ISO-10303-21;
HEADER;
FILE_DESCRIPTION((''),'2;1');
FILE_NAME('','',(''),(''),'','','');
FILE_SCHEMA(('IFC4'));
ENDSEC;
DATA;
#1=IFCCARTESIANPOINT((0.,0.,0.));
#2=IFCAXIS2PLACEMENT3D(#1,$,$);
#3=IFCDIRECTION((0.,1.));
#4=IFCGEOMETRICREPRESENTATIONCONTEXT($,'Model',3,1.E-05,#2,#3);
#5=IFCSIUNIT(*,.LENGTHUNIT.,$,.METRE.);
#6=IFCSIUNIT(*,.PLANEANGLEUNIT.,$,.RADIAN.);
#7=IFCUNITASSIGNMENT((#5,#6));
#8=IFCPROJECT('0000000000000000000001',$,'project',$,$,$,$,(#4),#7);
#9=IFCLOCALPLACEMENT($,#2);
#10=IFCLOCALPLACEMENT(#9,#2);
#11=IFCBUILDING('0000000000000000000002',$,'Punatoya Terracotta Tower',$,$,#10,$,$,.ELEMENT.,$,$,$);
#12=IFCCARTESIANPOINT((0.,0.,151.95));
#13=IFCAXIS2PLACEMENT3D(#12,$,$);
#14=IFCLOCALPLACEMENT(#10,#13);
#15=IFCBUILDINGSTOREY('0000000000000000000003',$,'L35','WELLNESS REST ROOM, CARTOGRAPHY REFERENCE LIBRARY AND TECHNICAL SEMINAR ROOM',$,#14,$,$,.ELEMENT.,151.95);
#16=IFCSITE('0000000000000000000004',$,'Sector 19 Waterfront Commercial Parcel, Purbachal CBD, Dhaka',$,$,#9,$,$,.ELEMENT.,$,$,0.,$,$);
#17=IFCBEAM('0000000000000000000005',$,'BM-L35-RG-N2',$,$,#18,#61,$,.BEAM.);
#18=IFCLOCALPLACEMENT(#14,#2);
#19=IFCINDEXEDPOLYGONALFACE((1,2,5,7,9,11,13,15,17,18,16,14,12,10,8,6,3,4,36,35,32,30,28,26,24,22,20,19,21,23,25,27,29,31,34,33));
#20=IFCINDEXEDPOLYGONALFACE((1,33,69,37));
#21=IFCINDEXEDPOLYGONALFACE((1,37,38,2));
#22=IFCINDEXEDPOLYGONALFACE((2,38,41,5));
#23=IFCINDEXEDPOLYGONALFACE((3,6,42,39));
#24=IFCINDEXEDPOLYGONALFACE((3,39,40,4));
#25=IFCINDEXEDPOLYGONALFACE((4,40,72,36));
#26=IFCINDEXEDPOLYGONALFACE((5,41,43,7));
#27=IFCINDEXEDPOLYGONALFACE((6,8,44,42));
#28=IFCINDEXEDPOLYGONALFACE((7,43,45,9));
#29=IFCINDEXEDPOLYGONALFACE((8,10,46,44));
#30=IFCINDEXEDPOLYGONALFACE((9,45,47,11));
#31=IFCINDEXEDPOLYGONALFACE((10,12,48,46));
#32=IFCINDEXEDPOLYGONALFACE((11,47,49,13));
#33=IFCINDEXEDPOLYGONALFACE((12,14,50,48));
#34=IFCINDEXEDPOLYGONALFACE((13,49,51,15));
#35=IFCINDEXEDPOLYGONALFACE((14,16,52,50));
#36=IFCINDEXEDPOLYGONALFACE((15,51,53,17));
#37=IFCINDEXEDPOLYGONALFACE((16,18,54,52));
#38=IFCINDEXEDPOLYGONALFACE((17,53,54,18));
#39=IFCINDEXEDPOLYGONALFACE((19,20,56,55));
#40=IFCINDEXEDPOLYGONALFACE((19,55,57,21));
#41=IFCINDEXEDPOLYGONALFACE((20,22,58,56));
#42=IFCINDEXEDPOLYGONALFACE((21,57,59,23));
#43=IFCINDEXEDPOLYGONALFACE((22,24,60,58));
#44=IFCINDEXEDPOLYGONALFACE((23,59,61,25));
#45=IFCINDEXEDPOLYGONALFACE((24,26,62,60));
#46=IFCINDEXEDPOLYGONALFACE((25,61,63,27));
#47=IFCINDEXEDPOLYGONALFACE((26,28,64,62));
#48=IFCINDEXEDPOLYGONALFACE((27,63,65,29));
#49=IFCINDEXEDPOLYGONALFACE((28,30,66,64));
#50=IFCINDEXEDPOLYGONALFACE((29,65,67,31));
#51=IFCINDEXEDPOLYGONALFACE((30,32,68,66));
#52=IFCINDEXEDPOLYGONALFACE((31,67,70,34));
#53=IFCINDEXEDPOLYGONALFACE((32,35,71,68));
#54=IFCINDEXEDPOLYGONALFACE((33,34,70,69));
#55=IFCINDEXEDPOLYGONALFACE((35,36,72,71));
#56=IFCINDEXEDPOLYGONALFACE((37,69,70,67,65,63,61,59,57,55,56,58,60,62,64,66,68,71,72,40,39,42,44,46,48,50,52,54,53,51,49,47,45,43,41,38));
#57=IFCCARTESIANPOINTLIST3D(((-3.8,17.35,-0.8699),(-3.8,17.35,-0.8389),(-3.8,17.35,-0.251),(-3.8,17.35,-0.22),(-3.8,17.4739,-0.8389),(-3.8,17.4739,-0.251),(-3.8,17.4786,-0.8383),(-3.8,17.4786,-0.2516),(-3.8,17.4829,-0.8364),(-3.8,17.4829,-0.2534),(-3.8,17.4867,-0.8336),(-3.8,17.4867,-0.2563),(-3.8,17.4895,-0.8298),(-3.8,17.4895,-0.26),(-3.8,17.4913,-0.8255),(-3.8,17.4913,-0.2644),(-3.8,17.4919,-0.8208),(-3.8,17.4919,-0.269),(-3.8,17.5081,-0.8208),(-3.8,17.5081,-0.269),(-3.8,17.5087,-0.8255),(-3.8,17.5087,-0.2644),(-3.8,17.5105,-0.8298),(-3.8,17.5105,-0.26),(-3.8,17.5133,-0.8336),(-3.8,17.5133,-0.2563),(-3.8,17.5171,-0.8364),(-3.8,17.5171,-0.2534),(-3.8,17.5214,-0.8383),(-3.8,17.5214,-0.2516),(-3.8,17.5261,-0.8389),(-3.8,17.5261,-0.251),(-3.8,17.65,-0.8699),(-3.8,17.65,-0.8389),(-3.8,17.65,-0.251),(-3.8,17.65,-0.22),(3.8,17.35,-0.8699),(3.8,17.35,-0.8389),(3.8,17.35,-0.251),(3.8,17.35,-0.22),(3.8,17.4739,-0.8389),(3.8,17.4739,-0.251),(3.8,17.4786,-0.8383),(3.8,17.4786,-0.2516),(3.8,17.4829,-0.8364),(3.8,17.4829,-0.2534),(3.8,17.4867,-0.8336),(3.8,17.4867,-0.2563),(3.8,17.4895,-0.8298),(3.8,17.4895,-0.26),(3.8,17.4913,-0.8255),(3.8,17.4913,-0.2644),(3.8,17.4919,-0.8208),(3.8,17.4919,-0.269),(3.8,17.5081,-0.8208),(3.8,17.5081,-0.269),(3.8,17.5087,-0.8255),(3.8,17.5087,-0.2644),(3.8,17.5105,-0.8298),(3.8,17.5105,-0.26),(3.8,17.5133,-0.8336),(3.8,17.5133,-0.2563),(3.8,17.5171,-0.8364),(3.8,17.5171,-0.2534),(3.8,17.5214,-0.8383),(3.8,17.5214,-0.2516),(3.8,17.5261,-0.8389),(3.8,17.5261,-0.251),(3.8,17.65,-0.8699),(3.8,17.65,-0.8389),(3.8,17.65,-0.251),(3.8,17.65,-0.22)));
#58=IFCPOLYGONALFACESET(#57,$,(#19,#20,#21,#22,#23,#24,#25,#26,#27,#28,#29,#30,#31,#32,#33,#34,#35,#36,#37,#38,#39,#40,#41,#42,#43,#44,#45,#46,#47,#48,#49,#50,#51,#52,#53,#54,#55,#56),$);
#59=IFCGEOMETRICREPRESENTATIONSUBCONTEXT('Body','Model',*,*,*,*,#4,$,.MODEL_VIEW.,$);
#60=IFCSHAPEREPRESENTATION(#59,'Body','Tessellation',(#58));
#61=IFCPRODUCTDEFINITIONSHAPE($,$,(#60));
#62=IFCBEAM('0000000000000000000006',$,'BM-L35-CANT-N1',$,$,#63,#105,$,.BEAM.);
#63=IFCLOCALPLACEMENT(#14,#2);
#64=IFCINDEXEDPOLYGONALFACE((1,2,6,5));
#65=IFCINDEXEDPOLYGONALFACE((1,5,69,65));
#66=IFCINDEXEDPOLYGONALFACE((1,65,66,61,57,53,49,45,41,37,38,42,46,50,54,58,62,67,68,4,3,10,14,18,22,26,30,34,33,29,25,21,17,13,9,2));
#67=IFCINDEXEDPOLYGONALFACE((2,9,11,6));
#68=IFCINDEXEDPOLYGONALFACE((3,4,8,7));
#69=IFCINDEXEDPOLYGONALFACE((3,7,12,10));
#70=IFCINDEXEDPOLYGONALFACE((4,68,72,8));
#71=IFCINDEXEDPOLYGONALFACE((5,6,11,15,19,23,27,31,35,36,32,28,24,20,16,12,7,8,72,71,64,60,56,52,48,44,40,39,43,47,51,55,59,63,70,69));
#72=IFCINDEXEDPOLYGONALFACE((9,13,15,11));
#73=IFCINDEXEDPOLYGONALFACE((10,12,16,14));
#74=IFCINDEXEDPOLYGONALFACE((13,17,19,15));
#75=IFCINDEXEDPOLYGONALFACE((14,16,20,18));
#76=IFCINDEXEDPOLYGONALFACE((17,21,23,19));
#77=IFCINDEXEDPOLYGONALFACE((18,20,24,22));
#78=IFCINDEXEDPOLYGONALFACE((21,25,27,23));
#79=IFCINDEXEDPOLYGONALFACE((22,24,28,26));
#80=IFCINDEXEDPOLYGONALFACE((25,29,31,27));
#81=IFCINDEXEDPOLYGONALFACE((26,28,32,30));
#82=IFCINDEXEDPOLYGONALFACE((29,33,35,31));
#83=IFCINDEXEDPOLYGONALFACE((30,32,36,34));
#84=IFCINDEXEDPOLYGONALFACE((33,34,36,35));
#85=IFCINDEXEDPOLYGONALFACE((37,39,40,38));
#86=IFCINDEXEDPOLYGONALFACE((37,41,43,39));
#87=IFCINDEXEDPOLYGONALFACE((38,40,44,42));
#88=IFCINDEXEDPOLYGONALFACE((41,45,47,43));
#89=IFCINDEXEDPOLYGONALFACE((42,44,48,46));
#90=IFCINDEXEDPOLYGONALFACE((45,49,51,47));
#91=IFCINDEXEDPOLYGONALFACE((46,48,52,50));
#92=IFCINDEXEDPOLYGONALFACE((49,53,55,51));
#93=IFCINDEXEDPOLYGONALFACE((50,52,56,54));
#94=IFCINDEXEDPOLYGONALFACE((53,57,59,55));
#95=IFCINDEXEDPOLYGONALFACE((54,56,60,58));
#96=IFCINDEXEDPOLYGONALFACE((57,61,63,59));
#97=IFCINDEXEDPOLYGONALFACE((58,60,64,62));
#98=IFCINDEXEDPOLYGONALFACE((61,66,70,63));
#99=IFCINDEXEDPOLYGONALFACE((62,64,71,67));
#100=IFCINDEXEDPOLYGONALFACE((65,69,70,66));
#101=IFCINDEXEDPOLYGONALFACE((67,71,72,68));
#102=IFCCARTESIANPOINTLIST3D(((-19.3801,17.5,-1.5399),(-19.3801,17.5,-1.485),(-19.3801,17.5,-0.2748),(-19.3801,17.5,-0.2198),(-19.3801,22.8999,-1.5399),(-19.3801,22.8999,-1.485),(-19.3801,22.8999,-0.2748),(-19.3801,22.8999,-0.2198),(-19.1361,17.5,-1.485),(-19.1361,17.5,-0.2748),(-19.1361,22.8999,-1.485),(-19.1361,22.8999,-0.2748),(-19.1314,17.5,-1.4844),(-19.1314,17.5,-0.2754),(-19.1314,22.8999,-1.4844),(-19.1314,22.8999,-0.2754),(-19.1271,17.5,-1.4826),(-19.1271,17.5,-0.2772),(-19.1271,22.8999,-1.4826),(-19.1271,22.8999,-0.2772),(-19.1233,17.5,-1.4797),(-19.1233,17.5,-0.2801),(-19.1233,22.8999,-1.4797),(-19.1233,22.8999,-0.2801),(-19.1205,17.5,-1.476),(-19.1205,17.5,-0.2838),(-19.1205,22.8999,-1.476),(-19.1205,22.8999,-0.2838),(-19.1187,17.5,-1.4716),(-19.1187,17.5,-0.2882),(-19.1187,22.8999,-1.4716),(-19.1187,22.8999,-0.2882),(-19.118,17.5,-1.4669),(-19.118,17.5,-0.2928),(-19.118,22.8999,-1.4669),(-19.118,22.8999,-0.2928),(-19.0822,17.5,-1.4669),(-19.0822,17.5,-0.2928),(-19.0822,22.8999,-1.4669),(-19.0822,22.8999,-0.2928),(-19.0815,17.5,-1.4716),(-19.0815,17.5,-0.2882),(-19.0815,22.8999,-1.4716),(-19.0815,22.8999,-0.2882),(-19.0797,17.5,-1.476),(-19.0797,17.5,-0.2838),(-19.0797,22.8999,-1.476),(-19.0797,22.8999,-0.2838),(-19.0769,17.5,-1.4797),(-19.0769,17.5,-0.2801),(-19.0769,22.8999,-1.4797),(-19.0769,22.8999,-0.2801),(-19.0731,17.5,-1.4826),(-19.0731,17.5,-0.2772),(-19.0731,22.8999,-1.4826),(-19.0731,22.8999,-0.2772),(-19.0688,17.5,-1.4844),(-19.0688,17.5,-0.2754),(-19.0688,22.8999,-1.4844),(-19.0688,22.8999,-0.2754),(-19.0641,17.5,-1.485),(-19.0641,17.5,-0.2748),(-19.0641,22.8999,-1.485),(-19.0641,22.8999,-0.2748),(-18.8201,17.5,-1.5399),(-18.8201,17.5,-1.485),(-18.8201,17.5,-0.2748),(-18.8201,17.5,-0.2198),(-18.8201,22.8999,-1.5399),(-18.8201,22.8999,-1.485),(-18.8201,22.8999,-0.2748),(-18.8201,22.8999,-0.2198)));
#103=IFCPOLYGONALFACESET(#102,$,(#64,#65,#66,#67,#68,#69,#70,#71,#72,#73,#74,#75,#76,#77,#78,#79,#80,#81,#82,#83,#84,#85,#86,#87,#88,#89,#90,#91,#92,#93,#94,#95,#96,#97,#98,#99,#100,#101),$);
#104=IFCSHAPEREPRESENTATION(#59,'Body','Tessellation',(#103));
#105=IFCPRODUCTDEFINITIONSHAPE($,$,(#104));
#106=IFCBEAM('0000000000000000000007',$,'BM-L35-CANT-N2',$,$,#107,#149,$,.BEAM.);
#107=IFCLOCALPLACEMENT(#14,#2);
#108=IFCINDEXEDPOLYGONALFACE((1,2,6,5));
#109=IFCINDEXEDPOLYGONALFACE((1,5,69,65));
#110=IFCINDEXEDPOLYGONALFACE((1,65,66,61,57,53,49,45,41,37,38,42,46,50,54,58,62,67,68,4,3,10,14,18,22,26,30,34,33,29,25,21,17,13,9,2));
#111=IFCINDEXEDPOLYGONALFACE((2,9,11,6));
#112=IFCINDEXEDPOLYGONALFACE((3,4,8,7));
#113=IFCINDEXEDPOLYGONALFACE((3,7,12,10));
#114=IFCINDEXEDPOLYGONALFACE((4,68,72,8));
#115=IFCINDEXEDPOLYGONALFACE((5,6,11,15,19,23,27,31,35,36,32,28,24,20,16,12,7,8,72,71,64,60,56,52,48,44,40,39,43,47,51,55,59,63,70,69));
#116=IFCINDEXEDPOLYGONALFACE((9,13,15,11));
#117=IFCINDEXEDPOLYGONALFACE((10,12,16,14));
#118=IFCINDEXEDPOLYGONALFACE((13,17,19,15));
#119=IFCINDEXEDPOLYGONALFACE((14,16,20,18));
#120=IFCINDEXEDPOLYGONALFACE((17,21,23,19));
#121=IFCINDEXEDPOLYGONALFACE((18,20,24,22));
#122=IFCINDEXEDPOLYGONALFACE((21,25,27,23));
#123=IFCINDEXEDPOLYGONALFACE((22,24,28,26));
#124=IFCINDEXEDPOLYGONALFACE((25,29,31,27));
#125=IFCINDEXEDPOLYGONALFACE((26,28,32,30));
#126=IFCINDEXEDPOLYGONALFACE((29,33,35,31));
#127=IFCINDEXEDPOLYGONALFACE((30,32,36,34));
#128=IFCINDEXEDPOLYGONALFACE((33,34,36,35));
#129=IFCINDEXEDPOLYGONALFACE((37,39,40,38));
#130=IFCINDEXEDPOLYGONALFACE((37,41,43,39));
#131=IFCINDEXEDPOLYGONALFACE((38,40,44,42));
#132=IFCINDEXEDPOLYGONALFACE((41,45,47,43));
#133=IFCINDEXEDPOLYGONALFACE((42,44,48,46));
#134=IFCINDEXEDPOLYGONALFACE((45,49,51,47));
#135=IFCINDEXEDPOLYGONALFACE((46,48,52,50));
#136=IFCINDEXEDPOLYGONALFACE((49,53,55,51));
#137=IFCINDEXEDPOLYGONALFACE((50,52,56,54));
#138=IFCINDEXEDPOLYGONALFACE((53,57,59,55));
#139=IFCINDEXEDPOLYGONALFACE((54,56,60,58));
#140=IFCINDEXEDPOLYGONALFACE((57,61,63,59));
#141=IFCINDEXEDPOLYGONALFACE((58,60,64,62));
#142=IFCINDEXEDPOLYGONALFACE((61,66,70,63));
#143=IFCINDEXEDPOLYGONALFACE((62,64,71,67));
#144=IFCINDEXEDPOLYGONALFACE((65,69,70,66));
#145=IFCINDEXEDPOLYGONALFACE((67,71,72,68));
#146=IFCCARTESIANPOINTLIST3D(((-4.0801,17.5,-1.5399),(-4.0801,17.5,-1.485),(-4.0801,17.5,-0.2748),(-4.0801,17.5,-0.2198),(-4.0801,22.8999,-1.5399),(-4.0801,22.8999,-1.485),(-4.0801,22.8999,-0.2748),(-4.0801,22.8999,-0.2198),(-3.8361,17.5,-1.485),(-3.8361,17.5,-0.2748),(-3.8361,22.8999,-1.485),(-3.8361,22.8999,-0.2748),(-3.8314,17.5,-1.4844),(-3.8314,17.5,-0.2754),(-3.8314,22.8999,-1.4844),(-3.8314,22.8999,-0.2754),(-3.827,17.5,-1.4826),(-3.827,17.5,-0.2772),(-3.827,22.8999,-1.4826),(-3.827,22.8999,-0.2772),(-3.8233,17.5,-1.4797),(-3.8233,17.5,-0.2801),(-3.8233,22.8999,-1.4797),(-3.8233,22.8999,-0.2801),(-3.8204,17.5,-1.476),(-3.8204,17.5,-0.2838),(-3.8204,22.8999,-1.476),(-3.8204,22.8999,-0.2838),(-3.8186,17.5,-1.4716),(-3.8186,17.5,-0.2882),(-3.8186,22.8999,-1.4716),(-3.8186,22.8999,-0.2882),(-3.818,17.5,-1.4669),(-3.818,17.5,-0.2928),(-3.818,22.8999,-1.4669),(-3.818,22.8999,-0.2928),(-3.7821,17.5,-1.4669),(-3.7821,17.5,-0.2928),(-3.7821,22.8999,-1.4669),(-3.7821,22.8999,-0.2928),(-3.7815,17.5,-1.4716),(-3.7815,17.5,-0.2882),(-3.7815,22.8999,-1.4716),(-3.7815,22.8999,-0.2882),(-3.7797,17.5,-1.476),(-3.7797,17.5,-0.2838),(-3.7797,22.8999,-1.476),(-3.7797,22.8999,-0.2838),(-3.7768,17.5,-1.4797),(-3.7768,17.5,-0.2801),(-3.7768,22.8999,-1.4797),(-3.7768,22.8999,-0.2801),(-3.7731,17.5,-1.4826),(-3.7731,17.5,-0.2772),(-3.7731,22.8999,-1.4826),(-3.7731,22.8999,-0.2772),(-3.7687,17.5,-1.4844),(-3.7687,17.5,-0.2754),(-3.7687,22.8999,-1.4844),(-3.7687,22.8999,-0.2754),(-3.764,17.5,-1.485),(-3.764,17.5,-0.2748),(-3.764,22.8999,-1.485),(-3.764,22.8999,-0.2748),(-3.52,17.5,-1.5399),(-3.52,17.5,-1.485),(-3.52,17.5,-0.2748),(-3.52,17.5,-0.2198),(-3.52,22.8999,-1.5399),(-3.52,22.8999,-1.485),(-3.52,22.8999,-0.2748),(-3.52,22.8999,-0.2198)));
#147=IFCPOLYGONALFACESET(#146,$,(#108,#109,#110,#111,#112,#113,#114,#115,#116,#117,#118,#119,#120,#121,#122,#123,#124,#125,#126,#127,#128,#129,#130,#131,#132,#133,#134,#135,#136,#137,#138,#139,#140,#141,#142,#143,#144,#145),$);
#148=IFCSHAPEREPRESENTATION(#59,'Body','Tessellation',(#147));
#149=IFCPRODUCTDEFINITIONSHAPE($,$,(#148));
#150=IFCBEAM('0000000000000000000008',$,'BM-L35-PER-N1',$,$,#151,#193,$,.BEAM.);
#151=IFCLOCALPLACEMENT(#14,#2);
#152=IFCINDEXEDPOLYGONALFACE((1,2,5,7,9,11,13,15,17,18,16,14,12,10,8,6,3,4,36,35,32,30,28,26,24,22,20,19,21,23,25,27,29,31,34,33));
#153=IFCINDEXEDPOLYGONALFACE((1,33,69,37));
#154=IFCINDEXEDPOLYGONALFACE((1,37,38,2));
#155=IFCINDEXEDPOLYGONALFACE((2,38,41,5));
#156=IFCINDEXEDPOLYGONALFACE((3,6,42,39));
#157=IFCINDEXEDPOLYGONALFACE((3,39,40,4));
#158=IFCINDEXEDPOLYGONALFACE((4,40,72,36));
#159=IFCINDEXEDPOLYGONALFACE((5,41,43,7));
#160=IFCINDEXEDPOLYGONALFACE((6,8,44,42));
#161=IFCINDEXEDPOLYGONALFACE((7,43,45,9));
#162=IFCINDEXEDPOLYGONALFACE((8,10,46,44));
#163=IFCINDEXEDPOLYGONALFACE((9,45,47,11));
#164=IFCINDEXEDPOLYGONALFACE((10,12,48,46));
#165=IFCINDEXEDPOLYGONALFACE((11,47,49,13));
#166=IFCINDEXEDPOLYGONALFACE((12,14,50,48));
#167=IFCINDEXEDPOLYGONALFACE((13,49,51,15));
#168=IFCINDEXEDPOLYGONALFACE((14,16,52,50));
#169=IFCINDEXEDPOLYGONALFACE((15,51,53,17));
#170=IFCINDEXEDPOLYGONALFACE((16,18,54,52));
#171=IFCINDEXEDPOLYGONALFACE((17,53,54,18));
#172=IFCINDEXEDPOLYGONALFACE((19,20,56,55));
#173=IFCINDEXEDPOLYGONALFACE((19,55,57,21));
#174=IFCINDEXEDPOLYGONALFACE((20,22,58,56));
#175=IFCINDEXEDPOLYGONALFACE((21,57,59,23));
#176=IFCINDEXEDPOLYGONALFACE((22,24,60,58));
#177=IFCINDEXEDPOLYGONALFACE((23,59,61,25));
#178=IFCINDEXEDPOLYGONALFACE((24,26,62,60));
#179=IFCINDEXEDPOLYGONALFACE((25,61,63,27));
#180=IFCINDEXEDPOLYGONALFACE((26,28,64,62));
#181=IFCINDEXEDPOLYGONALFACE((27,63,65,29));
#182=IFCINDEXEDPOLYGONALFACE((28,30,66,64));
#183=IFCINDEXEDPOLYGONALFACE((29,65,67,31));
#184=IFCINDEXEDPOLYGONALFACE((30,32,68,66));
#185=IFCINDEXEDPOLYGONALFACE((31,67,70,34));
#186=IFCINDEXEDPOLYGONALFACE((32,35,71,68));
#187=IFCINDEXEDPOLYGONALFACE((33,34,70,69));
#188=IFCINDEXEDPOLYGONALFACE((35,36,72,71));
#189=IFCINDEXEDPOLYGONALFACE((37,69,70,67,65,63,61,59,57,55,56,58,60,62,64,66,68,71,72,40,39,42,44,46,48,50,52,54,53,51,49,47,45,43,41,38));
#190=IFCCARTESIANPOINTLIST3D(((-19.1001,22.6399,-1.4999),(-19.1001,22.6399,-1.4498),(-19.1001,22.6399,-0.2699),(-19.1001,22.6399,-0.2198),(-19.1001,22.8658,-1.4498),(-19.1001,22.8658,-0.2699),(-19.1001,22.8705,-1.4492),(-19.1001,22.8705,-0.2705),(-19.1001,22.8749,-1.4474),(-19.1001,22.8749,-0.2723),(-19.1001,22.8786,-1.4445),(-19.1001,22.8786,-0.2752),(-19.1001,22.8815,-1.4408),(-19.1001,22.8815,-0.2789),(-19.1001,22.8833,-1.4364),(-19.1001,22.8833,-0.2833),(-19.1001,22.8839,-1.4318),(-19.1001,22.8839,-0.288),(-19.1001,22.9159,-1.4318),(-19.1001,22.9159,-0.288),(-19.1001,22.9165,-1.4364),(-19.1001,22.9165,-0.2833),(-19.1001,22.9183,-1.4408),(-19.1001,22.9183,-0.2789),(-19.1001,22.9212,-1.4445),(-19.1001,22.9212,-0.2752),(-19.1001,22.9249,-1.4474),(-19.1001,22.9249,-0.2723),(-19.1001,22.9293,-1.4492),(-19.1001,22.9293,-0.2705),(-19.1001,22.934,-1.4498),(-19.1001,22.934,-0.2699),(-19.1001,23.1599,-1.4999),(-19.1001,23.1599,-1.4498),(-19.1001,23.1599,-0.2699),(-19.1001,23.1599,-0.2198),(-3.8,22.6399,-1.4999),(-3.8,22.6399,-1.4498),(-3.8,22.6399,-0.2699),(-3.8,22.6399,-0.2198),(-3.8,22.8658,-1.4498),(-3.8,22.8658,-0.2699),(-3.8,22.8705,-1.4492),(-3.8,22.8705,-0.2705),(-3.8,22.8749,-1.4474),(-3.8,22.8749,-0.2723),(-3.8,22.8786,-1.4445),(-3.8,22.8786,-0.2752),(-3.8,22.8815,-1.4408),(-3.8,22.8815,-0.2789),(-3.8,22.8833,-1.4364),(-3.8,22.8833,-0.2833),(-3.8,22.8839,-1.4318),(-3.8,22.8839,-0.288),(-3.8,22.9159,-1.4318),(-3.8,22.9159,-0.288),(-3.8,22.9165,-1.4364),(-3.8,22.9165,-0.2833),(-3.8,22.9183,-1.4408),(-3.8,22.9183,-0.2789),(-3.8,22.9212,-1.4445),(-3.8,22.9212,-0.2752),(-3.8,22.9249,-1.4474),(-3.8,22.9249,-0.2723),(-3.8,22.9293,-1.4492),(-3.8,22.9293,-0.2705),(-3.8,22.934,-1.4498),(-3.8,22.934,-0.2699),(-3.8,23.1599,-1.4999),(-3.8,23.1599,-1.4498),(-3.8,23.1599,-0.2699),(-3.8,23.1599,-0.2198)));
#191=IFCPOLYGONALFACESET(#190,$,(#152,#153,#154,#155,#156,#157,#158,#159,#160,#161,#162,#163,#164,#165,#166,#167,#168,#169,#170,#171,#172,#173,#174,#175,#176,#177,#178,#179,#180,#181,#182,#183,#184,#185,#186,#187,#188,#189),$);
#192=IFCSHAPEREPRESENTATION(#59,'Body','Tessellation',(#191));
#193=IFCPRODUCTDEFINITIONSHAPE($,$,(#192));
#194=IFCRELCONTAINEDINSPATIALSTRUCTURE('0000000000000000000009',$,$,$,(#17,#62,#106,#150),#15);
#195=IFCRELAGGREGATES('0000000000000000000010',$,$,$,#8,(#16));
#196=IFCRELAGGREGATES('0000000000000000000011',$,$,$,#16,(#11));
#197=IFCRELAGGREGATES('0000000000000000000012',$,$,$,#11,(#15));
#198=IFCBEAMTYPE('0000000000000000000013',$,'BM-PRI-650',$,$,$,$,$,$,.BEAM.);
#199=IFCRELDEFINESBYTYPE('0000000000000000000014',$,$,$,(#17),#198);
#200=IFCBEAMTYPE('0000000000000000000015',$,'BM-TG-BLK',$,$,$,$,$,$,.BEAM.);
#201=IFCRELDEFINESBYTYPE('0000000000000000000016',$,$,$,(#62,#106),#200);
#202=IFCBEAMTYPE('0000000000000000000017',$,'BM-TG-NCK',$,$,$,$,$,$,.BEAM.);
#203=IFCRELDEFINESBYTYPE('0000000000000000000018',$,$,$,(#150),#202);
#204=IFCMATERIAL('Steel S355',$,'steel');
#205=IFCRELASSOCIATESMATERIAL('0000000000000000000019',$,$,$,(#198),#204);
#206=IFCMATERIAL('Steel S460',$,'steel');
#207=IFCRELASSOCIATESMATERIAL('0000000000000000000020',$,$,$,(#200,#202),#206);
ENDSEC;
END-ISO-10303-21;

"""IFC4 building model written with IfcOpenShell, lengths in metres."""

from ifc_helpers import new_model, si_unit, direction, frame, origin, origin_2d, place, context, subcontext, project, spatial, i_section, extrude, material, material_profile, profile_set, type_object, element, save


model = new_model("IFC4")

# Units and contexts
model_context = context("Model", 3, precision=1e-05, world=origin(), true_north=direction((0.0, 1.0)))
body_context = subcontext(model_context, "Body", "Model", "MODEL_VIEW")
ifc_project = project(units=[si_unit("LENGTHUNIT", "METRE"), si_unit("PLANEANGLEUNIT", "RADIAN")], contexts=[model_context])

# Site, building, storey
site_placement = place(None, origin())
site = spatial("IfcSite", under=ifc_project, at=site_placement, Name="Sector 19 Waterfront Commercial Parcel, Purbachal CBD, Dhaka", CompositionType="ELEMENT", RefElevation=0.0)
building_placement = place(site_placement, origin())
building = spatial("IfcBuilding", under=site, at=building_placement, Name="Punatoya Terracotta Tower", CompositionType="ELEMENT")
storey_placement = place(building_placement, frame((0.0, 0.0, 151.95)))
storey = spatial("IfcBuildingStorey", under=building, at=storey_placement, Name="L35", Description="WELLNESS REST ROOM, CARTOGRAPHY REFERENCE LIBRARY AND TECHNICAL SEMINAR ROOM", CompositionType="ELEMENT", Elevation=151.95)

# Shared definitions
ifc_material_1 = material(Name="Steel S460", Category="steel")

# Beams
ifc_material_2 = material(Name="Steel S355", Category="steel")
ifc_material_profile_1 = material_profile(ifc_material_2, i_section(OverallWidth=0.3, OverallDepth=0.6499, WebThickness=0.0161, FlangeThickness=0.031, FilletRadius=0.0181, at=origin_2d()))
ifc_profile_set_1 = profile_set([ifc_material_profile_1], Name="Steel S355")
beam_type_1 = type_object("IfcBeamType", Name="BM-PRI-650", PredefinedType="BEAM", material=ifc_profile_set_1)
beam_1_placement = place(storey_placement, frame((-3.8, 17.5, -0.5449), z_axis=(1.0, 0.0, 0.0), x_axis=(0.0, 1.0, 0.0)))
element("IfcBeam", 1, at=beam_1_placement, inside=storey, type_object=beam_type_1, Name="BM-L35-RG-N2", PredefinedType="BEAM", context=body_context, shape_type="SweptSolid", body=[
    extrude(i_section(OverallWidth=0.3, OverallDepth=0.6499, WebThickness=0.0161, FlangeThickness=0.031, FilletRadius=0.0181, at=origin_2d()), origin(), (0.0, 0.0, 1.0), 7.6001),
])
ifc_material_profile_2 = material_profile(ifc_material_1, i_section(OverallWidth=0.5601, OverallDepth=1.3201, WebThickness=0.0359, FlangeThickness=0.0549, FilletRadius=0.0181, at=origin_2d()))
ifc_profile_set_2 = profile_set([ifc_material_profile_2], Name="Steel S460")
beam_type_2 = type_object("IfcBeamType", Name="BM-TG-BLK", PredefinedType="BEAM", material=ifc_profile_set_2)
for number, where, z_axis, x_axis, name in (
    (2, (-19.1001, 17.5, -0.8799), (0.0, 1.0, 0.0), (-1.0, 0.0, 0.0), "BM-L35-CANT-N1"),
    (3, (-3.8, 17.5, -0.8799), (0.0, 1.0, 0.0), (-1.0, 0.0, 0.0), "BM-L35-CANT-N2"),
):
    element("IfcBeam", number, at=place(storey_placement, frame(where, z_axis=z_axis, x_axis=x_axis)), inside=storey, type_object=beam_type_2, Name=name, PredefinedType="BEAM", context=body_context, shape_type="SweptSolid", body=[
        extrude(i_section(OverallWidth=0.5601, OverallDepth=1.3201, WebThickness=0.0359, FlangeThickness=0.0549, FilletRadius=0.0181, at=origin_2d()), origin(), (0.0, 0.0, 1.0), 5.3999),
    ])
ifc_material_profile_3 = material_profile(ifc_material_1, i_section(OverallWidth=0.52, OverallDepth=1.28, WebThickness=0.032, FlangeThickness=0.05, FilletRadius=0.0181, at=origin_2d()))
ifc_profile_set_3 = profile_set([ifc_material_profile_3], Name="Steel S460")
beam_type_3 = type_object("IfcBeamType", Name="BM-TG-NCK", PredefinedType="BEAM", material=ifc_profile_set_3)
beam_2_placement = place(storey_placement, frame((-19.1001, 22.8999, -0.8599), z_axis=(1.0, 0.0, 0.0), x_axis=(0.0, 1.0, 0.0)))
element("IfcBeam", 4, at=beam_2_placement, inside=storey, type_object=beam_type_3, Name="BM-L35-PER-N1", PredefinedType="BEAM", context=body_context, shape_type="SweptSolid", body=[
    extrude(i_section(OverallWidth=0.52, OverallDepth=1.28, WebThickness=0.032, FlangeThickness=0.05, FilletRadius=0.0181, at=origin_2d()), origin(), (0.0, 0.0, 1.0), 15.3),
])

save(model, "model.ifc")
